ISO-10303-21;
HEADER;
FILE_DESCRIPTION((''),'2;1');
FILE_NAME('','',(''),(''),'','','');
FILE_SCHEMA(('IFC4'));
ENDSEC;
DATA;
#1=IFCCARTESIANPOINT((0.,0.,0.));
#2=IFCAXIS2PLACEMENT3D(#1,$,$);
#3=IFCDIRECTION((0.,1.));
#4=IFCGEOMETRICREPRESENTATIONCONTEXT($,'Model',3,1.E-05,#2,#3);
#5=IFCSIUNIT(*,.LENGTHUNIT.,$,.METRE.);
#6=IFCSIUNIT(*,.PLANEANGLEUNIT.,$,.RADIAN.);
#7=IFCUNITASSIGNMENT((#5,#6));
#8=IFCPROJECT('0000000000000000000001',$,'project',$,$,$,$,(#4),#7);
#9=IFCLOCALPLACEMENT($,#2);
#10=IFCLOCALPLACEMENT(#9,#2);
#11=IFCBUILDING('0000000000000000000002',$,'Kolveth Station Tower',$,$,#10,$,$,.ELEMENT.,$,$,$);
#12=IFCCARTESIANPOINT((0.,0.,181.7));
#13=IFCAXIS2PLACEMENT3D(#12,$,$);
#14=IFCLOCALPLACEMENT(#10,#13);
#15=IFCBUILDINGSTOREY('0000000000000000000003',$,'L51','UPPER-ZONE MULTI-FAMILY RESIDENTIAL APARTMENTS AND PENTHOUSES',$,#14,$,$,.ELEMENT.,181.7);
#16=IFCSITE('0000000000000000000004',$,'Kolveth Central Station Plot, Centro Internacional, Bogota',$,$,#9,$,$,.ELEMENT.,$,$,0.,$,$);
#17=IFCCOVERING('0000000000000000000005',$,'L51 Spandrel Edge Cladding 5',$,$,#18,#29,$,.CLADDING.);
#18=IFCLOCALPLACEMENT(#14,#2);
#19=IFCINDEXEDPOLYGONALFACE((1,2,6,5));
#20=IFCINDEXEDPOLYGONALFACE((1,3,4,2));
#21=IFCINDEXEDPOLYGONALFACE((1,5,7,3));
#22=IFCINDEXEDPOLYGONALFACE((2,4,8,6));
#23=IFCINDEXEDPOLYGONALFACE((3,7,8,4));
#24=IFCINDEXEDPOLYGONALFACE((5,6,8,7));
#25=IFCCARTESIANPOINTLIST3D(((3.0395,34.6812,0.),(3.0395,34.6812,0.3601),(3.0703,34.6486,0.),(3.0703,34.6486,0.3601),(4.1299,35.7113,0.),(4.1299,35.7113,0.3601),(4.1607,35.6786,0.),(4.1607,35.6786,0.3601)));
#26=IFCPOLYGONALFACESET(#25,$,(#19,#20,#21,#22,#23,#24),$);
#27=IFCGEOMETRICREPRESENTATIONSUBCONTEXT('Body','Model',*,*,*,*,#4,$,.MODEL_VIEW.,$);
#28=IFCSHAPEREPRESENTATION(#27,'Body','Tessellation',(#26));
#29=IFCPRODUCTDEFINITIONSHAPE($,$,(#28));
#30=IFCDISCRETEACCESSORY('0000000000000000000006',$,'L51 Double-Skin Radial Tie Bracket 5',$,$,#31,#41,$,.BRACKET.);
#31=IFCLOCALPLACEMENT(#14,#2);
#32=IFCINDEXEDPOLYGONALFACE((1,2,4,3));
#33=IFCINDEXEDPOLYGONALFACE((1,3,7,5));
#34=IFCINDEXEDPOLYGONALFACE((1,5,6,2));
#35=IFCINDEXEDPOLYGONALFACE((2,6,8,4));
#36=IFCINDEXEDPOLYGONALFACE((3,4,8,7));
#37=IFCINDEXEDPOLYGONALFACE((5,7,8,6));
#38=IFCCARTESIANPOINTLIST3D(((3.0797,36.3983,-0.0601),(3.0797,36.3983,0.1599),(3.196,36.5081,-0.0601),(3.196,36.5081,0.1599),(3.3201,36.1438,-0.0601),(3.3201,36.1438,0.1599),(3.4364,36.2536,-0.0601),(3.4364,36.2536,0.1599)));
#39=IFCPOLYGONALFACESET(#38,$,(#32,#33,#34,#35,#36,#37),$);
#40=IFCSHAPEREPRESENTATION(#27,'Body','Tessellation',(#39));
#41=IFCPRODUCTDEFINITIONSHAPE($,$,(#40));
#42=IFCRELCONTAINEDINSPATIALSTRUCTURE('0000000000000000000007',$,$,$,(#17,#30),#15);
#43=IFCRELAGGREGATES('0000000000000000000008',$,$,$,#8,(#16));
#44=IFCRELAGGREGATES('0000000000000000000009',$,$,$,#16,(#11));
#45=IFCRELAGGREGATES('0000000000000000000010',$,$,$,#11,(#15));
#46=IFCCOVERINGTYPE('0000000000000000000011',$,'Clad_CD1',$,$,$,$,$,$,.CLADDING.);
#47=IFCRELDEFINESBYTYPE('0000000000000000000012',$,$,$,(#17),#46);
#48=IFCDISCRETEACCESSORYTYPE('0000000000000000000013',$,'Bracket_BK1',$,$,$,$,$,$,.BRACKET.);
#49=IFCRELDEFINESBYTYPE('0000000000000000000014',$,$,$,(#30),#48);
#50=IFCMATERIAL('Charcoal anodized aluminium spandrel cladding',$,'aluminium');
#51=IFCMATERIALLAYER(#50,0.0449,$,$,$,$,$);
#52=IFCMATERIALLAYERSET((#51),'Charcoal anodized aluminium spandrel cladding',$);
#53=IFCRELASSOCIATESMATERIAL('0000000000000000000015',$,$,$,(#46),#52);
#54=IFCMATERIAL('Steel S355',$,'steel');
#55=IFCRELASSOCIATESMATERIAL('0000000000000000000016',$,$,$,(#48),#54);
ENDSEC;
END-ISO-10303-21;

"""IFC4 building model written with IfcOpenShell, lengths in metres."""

from ifc_helpers import new_model, si_unit, direction, frame, origin, origin_2d, place, context, subcontext, project, spatial, rectangle, extrude, source, transform, mapped, material, layer, layer_set, type_object, element, save


model = new_model("IFC4")

# Units and contexts
model_context = context("Model", 3, precision=1e-05, world=origin(), true_north=direction((0.0, 1.0)))
body_context = subcontext(model_context, "Body", "Model", "MODEL_VIEW")
ifc_project = project(units=[si_unit("LENGTHUNIT", "METRE"), si_unit("PLANEANGLEUNIT", "RADIAN")], contexts=[model_context])

# Site, building, storey
site_placement = place(None, origin())
site = spatial("IfcSite", under=ifc_project, at=site_placement, Name="Kolveth Central Station Plot, Centro Internacional, Bogota", CompositionType="ELEMENT", RefElevation=0.0)
building_placement = place(site_placement, origin())
building = spatial("IfcBuilding", under=site, at=building_placement, Name="Kolveth Station Tower", CompositionType="ELEMENT")
storey_placement = place(building_placement, frame((0.0, 0.0, 181.7)))
storey = spatial("IfcBuildingStorey", under=building, at=storey_placement, Name="L51", Description="UPPER-ZONE MULTI-FAMILY RESIDENTIAL APARTMENTS AND PENTHOUSES", CompositionType="ELEMENT", Elevation=181.7)

# Shared definitions
ifc_material_1 = material(Name="Steel S355", Category="steel")

# Covering
ifc_material_2 = material(Name="Charcoal anodized aluminium spandrel cladding", Category="aluminium")
ifc_layer_1 = layer(ifc_material_2, 0.0449)
ifc_layer_set_1 = layer_set([ifc_layer_1], Name="Charcoal anodized aluminium spandrel cladding")
covering_type = type_object("IfcCoveringType", Name="Clad_CD1", PredefinedType="CLADDING", material=ifc_layer_set_1)
shared_shape_1 = source(origin(), body_context, "Body", "SweptSolid", [
    extrude(rectangle(XDim=1.5, YDim=0.0449, at=origin_2d()), origin(), (0.0, 0.0, 1.0), 0.3601),
])
covering_placement = place(storey_placement, frame((3.6001, 35.1799, 0.0), z_axis=(0.0, 0.0, 1.0), x_axis=(-0.726934, -0.686707, 0.0)))
element("IfcCovering", 1, at=covering_placement, inside=storey, type_object=covering_type, Name="L51 Spandrel Edge Cladding 5", PredefinedType="CLADDING", context=body_context, shape_type="MappedRepresentation", body=[
    mapped(shared_shape_1, transform((0.0, 0.0, 0.0), x_axis=(1.0, 0.0, 0.0), y_axis=(0.0, 1.0, 0.0), z_axis=(0.0, 0.0, 1.0), scale=1.0)),
])

# Discrete accessory
discrete_accessory_type = type_object("IfcDiscreteAccessoryType", Name="Bracket_BK1", PredefinedType="BRACKET", material=ifc_material_1)
shared_shape_2 = source(origin(), body_context, "Body", "SweptSolid", [
    extrude(rectangle(XDim=0.3501, YDim=0.1599, at=origin_2d()), origin(), (0.0, 0.0, 1.0), 0.22),
])
discrete_accessory_placement = place(storey_placement, frame((3.2581, 36.3259, -0.0601), z_axis=(0.0, 0.0, 1.0), x_axis=(-0.686707, 0.726934, 0.0)))
element("IfcDiscreteAccessory", 2, at=discrete_accessory_placement, inside=storey, type_object=discrete_accessory_type, Name="L51 Double-Skin Radial Tie Bracket 5", PredefinedType="BRACKET", context=body_context, shape_type="MappedRepresentation", body=[
    mapped(shared_shape_2, transform((0.0, 0.0, 0.0), x_axis=(1.0, 0.0, 0.0), y_axis=(0.0, 1.0, 0.0), z_axis=(0.0, 0.0, 1.0), scale=1.0)),
])

save(model, "model.ifc")
